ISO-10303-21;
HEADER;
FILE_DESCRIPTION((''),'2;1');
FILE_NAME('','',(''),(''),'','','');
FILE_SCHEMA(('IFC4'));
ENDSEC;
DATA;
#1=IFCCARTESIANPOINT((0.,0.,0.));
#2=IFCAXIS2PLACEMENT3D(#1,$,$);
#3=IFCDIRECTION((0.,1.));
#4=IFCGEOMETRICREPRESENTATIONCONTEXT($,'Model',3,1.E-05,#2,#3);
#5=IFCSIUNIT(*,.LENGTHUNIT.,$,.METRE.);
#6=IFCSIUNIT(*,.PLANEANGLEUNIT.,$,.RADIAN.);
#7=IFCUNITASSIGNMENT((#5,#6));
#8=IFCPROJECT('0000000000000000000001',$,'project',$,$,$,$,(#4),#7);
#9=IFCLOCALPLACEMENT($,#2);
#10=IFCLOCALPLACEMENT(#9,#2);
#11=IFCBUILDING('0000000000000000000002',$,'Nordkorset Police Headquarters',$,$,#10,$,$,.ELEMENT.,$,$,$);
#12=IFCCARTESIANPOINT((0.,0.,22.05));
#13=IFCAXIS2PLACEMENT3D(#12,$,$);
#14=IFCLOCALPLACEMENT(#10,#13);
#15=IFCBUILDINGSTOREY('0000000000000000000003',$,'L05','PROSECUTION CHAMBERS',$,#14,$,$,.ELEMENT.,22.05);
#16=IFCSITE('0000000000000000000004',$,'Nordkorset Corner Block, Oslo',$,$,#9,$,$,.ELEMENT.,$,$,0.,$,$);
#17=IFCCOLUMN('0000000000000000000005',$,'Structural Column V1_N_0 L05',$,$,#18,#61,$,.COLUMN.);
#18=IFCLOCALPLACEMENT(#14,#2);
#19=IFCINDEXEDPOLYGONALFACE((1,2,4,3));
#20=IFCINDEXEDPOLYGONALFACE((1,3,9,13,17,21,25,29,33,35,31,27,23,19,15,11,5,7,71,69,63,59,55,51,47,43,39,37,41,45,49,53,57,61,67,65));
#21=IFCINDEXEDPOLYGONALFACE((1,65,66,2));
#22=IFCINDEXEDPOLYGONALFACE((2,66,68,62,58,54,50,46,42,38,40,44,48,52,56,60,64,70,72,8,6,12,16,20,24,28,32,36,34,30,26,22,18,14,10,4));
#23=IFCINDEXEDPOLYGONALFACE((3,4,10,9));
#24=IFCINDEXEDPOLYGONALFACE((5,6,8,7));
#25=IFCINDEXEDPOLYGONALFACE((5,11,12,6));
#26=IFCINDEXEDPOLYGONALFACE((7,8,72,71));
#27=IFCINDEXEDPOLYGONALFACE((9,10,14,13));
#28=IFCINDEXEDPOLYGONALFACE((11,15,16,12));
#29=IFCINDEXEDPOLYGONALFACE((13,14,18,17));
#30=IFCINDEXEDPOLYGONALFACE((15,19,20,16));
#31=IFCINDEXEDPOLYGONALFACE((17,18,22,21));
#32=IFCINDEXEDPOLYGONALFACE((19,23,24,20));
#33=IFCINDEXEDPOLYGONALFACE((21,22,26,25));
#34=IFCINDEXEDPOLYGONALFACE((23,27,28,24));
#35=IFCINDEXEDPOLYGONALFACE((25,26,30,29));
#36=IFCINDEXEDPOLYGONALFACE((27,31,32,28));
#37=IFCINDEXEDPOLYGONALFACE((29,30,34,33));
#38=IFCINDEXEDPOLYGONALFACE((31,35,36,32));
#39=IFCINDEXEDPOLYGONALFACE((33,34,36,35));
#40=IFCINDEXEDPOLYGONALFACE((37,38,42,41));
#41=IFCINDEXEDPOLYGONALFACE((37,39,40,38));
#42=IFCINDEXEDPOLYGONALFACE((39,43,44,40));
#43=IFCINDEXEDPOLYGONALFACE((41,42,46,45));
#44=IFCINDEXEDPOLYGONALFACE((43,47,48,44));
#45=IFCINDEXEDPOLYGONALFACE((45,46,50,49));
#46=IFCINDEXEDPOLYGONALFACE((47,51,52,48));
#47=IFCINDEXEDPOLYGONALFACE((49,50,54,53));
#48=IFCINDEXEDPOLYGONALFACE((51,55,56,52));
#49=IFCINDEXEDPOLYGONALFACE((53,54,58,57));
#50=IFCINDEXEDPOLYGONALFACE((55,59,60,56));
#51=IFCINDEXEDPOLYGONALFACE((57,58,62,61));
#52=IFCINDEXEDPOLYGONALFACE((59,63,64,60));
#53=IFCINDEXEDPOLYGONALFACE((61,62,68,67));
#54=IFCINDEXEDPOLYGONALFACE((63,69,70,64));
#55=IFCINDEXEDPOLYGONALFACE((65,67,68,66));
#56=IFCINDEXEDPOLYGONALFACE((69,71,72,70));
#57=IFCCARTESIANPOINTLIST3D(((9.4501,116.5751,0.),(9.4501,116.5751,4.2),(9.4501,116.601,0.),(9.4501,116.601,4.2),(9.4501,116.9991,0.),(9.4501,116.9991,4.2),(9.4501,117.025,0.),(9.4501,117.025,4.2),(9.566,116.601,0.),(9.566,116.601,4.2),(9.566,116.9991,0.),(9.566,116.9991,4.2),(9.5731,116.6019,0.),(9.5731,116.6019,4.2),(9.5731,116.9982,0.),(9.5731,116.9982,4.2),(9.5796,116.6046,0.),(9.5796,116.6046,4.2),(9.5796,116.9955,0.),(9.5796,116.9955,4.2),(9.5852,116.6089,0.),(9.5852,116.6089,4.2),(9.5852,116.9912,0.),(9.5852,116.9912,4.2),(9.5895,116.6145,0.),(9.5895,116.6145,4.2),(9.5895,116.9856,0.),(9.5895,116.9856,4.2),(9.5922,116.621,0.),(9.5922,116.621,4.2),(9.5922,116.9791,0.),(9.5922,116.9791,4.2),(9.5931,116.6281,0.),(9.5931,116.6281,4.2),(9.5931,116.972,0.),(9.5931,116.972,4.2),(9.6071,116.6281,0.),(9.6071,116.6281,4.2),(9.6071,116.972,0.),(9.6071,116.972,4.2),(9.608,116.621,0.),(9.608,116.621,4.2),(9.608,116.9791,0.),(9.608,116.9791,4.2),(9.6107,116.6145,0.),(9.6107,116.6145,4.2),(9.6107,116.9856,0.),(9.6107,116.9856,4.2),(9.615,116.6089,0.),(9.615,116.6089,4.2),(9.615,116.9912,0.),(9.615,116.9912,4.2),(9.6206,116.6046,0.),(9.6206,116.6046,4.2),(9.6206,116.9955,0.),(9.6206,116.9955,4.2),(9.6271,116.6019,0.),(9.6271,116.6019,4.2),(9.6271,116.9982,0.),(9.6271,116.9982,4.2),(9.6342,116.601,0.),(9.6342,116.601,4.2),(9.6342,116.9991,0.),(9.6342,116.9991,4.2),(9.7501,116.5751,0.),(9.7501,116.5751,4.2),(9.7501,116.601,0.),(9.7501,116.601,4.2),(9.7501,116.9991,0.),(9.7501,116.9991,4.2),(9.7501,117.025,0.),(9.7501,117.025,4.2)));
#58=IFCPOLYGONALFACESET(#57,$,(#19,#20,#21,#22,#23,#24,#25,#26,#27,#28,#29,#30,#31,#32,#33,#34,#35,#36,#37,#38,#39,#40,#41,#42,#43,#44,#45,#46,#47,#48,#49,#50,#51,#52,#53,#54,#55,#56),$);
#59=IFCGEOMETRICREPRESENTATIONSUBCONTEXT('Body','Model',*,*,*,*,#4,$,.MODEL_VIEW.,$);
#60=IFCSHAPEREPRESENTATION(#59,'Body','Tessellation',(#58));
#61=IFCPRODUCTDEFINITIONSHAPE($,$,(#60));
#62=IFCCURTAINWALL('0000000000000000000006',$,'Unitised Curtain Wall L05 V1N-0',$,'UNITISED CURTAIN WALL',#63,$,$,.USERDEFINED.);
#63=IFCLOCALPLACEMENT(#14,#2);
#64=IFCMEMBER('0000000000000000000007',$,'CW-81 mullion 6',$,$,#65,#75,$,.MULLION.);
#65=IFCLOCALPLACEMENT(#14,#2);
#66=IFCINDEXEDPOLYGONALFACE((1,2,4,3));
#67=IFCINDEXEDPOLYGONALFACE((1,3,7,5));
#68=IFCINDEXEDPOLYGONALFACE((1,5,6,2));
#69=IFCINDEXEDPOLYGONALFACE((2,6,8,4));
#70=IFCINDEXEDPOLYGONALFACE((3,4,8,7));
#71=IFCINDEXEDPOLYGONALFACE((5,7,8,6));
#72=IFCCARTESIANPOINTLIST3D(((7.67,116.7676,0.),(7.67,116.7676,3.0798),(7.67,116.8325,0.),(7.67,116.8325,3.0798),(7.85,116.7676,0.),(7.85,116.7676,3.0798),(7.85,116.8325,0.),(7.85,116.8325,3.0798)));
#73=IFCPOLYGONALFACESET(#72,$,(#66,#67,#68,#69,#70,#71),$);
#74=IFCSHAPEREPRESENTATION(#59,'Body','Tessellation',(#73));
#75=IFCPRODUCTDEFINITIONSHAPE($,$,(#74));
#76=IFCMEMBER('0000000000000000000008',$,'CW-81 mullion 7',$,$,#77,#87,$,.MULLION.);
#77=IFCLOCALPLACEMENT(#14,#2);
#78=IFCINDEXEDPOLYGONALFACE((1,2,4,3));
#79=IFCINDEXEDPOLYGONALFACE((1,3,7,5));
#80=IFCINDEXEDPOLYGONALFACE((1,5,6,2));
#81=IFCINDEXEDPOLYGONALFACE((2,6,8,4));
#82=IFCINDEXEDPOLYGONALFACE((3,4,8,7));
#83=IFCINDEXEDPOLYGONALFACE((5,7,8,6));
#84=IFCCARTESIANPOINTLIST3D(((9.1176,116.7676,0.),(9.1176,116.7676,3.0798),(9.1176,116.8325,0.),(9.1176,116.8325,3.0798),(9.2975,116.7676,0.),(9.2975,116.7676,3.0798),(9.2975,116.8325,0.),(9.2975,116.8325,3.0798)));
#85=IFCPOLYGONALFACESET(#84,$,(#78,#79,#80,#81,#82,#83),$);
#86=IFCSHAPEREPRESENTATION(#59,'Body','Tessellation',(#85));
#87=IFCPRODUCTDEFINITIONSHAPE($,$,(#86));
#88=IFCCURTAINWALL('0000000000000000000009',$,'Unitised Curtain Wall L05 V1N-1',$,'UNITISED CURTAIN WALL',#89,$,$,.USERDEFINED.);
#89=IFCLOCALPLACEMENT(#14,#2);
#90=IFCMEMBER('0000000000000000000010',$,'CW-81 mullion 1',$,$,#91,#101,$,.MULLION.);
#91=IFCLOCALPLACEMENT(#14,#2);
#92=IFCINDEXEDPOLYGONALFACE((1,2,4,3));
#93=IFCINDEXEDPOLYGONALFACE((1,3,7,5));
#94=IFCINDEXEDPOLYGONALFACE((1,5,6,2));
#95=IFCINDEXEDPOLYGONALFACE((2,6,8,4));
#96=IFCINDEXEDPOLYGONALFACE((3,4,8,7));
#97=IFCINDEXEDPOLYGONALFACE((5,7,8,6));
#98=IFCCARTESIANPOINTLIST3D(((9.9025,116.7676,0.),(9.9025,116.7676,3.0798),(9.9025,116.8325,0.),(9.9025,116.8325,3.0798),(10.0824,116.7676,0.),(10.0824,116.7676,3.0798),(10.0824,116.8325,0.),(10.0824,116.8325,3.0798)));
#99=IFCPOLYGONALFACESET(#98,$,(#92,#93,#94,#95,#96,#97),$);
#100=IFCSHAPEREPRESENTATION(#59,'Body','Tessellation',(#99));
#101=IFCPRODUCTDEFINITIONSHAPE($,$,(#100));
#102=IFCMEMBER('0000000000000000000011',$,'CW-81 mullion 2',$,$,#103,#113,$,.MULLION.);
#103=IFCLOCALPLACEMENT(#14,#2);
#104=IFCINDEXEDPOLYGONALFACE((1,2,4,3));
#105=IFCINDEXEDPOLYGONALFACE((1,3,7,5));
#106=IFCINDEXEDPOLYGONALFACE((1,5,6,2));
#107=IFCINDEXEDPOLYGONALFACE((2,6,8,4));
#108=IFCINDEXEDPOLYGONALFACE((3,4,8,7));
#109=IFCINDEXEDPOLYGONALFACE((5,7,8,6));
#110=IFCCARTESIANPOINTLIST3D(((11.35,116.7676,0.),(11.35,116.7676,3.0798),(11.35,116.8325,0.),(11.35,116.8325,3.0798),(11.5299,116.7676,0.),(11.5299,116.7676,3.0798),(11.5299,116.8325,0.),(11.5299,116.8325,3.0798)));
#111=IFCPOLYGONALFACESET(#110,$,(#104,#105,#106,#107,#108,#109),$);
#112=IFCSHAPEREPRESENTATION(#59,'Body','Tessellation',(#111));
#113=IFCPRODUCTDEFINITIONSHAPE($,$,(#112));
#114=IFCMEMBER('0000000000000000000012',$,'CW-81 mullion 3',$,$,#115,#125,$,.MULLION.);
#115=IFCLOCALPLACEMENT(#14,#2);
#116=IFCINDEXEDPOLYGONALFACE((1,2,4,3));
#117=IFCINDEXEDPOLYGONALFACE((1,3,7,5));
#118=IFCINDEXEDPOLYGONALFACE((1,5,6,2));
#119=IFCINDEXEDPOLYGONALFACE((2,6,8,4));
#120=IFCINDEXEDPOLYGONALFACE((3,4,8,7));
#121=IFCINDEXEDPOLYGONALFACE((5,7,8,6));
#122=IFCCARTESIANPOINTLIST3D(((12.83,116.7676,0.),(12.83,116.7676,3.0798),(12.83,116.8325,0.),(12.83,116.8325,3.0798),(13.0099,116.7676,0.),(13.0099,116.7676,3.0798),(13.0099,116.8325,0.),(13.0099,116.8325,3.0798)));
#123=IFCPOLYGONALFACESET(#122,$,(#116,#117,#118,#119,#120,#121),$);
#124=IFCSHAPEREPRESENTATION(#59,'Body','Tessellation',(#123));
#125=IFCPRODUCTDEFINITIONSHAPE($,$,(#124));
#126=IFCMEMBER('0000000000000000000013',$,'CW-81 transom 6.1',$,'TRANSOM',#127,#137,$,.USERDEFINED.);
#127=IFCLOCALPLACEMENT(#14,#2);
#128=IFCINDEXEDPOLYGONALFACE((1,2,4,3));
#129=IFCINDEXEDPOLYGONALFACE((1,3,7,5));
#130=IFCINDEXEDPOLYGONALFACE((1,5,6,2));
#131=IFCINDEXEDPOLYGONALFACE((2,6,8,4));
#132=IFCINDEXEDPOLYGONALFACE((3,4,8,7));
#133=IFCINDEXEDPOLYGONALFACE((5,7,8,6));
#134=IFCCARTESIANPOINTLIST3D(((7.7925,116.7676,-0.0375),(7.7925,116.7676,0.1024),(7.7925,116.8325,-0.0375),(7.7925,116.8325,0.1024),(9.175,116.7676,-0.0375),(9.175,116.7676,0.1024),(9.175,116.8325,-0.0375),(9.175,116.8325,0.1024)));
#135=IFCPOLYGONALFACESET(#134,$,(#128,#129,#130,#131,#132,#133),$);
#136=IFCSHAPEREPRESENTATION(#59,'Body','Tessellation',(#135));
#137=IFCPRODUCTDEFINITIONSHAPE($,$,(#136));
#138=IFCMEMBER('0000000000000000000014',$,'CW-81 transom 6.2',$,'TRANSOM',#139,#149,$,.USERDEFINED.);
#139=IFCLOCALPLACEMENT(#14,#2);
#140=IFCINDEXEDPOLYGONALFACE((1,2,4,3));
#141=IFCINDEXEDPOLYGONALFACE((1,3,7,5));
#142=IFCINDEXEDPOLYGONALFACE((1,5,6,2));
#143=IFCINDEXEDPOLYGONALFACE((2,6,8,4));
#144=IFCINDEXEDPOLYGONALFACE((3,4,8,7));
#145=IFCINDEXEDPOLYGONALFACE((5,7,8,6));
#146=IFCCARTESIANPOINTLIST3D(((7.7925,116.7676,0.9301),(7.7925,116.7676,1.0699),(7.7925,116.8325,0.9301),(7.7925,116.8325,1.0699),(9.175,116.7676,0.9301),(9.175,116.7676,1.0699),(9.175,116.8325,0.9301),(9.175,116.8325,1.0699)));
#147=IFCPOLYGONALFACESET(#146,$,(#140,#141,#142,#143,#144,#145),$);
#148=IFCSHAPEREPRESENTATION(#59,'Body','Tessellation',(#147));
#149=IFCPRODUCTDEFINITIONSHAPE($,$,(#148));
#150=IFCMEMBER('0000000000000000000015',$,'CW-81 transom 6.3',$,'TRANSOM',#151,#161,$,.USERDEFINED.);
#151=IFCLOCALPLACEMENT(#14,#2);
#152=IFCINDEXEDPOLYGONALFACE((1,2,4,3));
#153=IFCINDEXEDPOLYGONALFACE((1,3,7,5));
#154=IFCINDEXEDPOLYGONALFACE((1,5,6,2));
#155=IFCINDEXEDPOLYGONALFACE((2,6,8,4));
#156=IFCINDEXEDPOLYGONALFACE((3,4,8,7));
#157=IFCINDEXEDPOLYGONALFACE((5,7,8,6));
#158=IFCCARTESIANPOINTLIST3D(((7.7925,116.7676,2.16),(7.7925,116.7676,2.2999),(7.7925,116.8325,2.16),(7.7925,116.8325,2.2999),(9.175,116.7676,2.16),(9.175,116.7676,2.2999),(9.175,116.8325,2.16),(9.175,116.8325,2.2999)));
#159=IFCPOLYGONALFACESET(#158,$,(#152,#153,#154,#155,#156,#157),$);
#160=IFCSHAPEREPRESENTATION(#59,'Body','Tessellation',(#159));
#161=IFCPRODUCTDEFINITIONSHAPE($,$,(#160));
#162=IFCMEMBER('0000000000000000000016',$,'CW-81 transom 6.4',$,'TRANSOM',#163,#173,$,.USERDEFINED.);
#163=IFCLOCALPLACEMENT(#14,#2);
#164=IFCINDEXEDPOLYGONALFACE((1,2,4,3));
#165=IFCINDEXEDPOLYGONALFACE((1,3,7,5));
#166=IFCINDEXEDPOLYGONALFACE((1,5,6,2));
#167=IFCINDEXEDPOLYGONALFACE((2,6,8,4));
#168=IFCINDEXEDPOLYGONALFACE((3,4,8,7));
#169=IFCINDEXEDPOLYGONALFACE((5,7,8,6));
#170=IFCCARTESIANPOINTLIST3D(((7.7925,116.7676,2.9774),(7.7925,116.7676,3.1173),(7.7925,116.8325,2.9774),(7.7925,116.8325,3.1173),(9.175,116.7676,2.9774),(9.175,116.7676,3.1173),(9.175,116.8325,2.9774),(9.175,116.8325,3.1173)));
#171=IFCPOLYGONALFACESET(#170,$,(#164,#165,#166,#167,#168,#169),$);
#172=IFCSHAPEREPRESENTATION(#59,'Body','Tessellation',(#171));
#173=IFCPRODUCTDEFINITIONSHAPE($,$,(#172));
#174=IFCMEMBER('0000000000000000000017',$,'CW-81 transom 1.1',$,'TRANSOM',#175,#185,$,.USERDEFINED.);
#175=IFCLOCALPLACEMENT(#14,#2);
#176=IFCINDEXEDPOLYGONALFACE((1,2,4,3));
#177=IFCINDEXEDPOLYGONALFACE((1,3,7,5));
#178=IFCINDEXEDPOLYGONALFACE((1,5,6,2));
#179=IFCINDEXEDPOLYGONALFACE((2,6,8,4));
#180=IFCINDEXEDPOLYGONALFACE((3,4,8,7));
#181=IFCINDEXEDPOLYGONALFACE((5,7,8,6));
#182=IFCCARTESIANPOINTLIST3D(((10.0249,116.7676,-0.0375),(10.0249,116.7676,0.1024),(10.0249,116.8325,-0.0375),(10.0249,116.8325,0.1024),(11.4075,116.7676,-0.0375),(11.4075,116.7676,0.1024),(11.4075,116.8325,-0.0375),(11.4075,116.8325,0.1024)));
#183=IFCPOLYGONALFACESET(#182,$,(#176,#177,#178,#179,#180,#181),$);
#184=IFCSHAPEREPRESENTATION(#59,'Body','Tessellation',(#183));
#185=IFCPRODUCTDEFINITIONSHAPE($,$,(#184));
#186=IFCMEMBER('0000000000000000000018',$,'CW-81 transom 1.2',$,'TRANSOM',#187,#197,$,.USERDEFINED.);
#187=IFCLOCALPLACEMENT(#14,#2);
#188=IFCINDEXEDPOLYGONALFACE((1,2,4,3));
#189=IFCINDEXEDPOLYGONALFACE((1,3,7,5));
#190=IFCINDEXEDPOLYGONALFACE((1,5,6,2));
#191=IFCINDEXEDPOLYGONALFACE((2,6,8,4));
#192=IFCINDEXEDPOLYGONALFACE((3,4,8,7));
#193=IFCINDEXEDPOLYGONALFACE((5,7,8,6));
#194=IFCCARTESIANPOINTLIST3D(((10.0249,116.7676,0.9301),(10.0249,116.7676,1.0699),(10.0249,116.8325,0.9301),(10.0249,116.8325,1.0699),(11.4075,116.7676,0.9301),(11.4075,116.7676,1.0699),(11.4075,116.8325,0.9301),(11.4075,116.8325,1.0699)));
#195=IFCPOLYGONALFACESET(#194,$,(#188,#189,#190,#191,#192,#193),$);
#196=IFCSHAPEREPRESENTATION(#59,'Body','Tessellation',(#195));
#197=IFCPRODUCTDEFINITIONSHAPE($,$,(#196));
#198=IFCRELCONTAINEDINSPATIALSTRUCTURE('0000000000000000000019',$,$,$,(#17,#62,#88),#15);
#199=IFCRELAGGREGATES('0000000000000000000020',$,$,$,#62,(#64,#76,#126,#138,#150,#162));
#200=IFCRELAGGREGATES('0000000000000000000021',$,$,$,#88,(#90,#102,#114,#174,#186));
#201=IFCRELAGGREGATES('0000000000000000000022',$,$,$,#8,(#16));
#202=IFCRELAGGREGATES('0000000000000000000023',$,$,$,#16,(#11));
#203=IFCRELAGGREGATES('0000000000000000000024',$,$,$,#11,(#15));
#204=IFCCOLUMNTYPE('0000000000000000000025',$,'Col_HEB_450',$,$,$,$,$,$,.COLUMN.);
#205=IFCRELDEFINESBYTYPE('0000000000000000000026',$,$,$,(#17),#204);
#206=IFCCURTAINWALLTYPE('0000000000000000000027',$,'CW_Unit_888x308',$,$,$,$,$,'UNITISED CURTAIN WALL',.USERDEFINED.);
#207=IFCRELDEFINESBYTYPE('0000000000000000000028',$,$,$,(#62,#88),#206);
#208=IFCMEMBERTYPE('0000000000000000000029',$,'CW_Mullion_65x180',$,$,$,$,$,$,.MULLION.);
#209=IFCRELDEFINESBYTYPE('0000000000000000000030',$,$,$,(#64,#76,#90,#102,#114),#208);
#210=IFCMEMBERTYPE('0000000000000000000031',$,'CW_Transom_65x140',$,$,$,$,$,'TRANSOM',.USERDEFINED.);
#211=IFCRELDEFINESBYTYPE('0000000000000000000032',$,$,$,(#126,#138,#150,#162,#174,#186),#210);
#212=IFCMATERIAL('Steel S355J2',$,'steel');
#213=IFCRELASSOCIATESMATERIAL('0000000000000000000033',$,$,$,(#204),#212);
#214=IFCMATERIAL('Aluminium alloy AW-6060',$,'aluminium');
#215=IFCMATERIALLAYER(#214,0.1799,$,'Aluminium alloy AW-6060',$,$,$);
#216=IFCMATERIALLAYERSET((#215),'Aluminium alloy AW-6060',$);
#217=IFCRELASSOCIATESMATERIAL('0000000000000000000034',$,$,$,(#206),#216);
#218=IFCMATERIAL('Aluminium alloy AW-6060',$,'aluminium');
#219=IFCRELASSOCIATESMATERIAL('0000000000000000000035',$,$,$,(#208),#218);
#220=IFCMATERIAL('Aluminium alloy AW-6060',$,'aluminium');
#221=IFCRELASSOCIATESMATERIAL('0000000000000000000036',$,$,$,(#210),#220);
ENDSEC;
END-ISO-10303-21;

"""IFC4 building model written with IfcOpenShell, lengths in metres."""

from ifc_helpers import new_model, si_unit, direction, frame, origin, origin_2d, place, context, subcontext, project, spatial, rectangle, i_section, extrude, material, layer, layer_set, material_profile, profile_set, type_object, element, aggregate, save


model = new_model("IFC4")

# Units and contexts
model_context = context("Model", 3, precision=1e-05, world=origin(), true_north=direction((0.0, 1.0)))
body_context = subcontext(model_context, "Body", "Model", "MODEL_VIEW")
ifc_project = project(units=[si_unit("LENGTHUNIT", "METRE"), si_unit("PLANEANGLEUNIT", "RADIAN")], contexts=[model_context])

# Site, building, storey
site_placement = place(None, origin())
site = spatial("IfcSite", under=ifc_project, at=site_placement, Name="Nordkorset Corner Block, Oslo", CompositionType="ELEMENT", RefElevation=0.0)
building_placement = place(site_placement, origin())
building = spatial("IfcBuilding", under=site, at=building_placement, Name="Nordkorset Police Headquarters", CompositionType="ELEMENT")
storey_placement = place(building_placement, frame((0.0, 0.0, 22.05)))
storey = spatial("IfcBuildingStorey", under=building, at=storey_placement, Name="L05", Description="PROSECUTION CHAMBERS", CompositionType="ELEMENT", Elevation=22.05)

# Column
ifc_material_1 = material(Name="Steel S355J2", Category="steel")
ifc_material_profile_1 = material_profile(ifc_material_1, i_section(OverallWidth=0.3, OverallDepth=0.45, WebThickness=0.0139, FlangeThickness=0.0259, FilletRadius=0.0271, at=origin_2d()), Name="HEB 450")
ifc_profile_set_1 = profile_set([ifc_material_profile_1], Name="Steel S355J2")
column_type = type_object("IfcColumnType", Name="Col_HEB_450", PredefinedType="COLUMN", material=ifc_profile_set_1)
column_placement = place(storey_placement, frame((9.6001, 116.8, 0.0), z_axis=(0.0, 0.0, 1.0), x_axis=(1.0, 0.0, 0.0)))
element("IfcColumn", 1, at=column_placement, inside=storey, type_object=column_type, Name="Structural Column V1_N_0 L05", PredefinedType="COLUMN", context=body_context, shape_type="SweptSolid", body=[
    extrude(i_section(OverallWidth=0.3, OverallDepth=0.45, WebThickness=0.0139, FlangeThickness=0.0259, FilletRadius=0.0271, at=origin_2d()), origin(), (0.0, 0.0, 1.0), 4.2),
])

# Curtain walls, members
ifc_material_2 = material(Name="Aluminium alloy AW-6060", Category="aluminium")
ifc_layer_1 = layer(ifc_material_2, 0.1799, Name="Aluminium alloy AW-6060")
ifc_layer_set_1 = layer_set([ifc_layer_1], Name="Aluminium alloy AW-6060")
curtain_wall_type = type_object("IfcCurtainWallType", Name="CW_Unit_888x308", ElementType="UNITISED CURTAIN WALL", PredefinedType="USERDEFINED", material=ifc_layer_set_1)
curtain_wall_1_placement = place(storey_placement, origin())
curtain_wall_1 = element("IfcCurtainWall", 2, at=curtain_wall_1_placement, inside=storey, type_object=curtain_wall_type, Name="Unitised Curtain Wall L05 V1N-0", ObjectType="UNITISED CURTAIN WALL", PredefinedType="USERDEFINED")
ifc_material_3 = material(Name="Aluminium alloy AW-6060", Category="aluminium")
ifc_material_profile_2 = material_profile(ifc_material_3, rectangle(XDim=0.0649, YDim=0.1799, at=origin_2d()), Name="ALU MULL 65x180")
ifc_profile_set_2 = profile_set([ifc_material_profile_2], Name="Aluminium alloy AW-6060")
member_type_1 = type_object("IfcMemberType", Name="CW_Mullion_65x180", PredefinedType="MULLION", material=ifc_profile_set_2)
member_1_placement = place(storey_placement, frame((7.76, 116.8, 0.0), z_axis=(0.0, 0.0, 1.0), x_axis=(0.0, 1.0, 0.0)))
member_1 = element("IfcMember", 3, at=member_1_placement, type_object=member_type_1, Name="CW-81 mullion 6", PredefinedType="MULLION", context=body_context, shape_type="SweptSolid", body=[
    extrude(rectangle(XDim=0.0649, YDim=0.1799, at=origin_2d()), origin(), (0.0, 0.0, 1.0), 3.0798),
])
member_2_placement = place(storey_placement, frame((9.2075, 116.8, 0.0), z_axis=(0.0, 0.0, 1.0), x_axis=(0.0, 1.0, 0.0)))
member_2 = element("IfcMember", 4, at=member_2_placement, type_object=member_type_1, Name="CW-81 mullion 7", PredefinedType="MULLION", context=body_context, shape_type="SweptSolid", body=[
    extrude(rectangle(XDim=0.0649, YDim=0.1799, at=origin_2d()), origin(), (0.0, 0.0, 1.0), 3.0798),
])
curtain_wall_2_placement = place(storey_placement, origin())
curtain_wall_2 = element("IfcCurtainWall", 5, at=curtain_wall_2_placement, inside=storey, type_object=curtain_wall_type, Name="Unitised Curtain Wall L05 V1N-1", ObjectType="UNITISED CURTAIN WALL", PredefinedType="USERDEFINED")
member_3_placement = place(storey_placement, frame((9.9924, 116.8, 0.0), z_axis=(0.0, 0.0, 1.0), x_axis=(0.0, 1.0, 0.0)))
member_3 = element("IfcMember", 6, at=member_3_placement, type_object=member_type_1, Name="CW-81 mullion 1", PredefinedType="MULLION", context=body_context, shape_type="SweptSolid", body=[
    extrude(rectangle(XDim=0.0649, YDim=0.1799, at=origin_2d()), origin(), (0.0, 0.0, 1.0), 3.0798),
])
member_4_placement = place(storey_placement, frame((11.4399, 116.8, 0.0), z_axis=(0.0, 0.0, 1.0), x_axis=(0.0, 1.0, 0.0)))
member_4 = element("IfcMember", 7, at=member_4_placement, type_object=member_type_1, Name="CW-81 mullion 2", PredefinedType="MULLION", context=body_context, shape_type="SweptSolid", body=[
    extrude(rectangle(XDim=0.0649, YDim=0.1799, at=origin_2d()), origin(), (0.0, 0.0, 1.0), 3.0798),
])
member_5_placement = place(storey_placement, frame((12.9199, 116.8, 0.0), z_axis=(0.0, 0.0, 1.0), x_axis=(0.0, 1.0, 0.0)))
member_5 = element("IfcMember", 8, at=member_5_placement, type_object=member_type_1, Name="CW-81 mullion 3", PredefinedType="MULLION", context=body_context, shape_type="SweptSolid", body=[
    extrude(rectangle(XDim=0.0649, YDim=0.1799, at=origin_2d()), origin(), (0.0, 0.0, 1.0), 3.0798),
])

# Members
ifc_material_4 = material(Name="Aluminium alloy AW-6060", Category="aluminium")
ifc_material_profile_3 = material_profile(ifc_material_4, rectangle(XDim=0.0649, YDim=0.1399, at=origin_2d()), Name="ALU TRAN 65x140")
ifc_profile_set_3 = profile_set([ifc_material_profile_3], Name="Aluminium alloy AW-6060")
member_type_2 = type_object("IfcMemberType", Name="CW_Transom_65x140", ElementType="TRANSOM", PredefinedType="USERDEFINED", material=ifc_profile_set_3)
member_6_placement = place(storey_placement, frame((7.7925, 116.8, 0.0325), z_axis=(1.0, 0.0, 0.0), x_axis=(0.0, 1.0, 0.0)))
member_6 = element("IfcMember", 9, at=member_6_placement, type_object=member_type_2, Name="CW-81 transom 6.1", ObjectType="TRANSOM", PredefinedType="USERDEFINED", context=body_context, shape_type="SweptSolid", body=[
    extrude(rectangle(XDim=0.0649, YDim=0.1399, at=origin_2d()), origin(), (0.0, 0.0, 1.0), 1.3826),
])
member_7_placement = place(storey_placement, frame((7.7925, 116.8, 1.0), z_axis=(1.0, 0.0, 0.0), x_axis=(0.0, 1.0, 0.0)))
member_7 = element("IfcMember", 10, at=member_7_placement, type_object=member_type_2, Name="CW-81 transom 6.2", ObjectType="TRANSOM", PredefinedType="USERDEFINED", context=body_context, shape_type="SweptSolid", body=[
    extrude(rectangle(XDim=0.0649, YDim=0.1399, at=origin_2d()), origin(), (0.0, 0.0, 1.0), 1.3826),
])
member_8_placement = place(storey_placement, frame((7.7925, 116.8, 2.23), z_axis=(1.0, 0.0, 0.0), x_axis=(0.0, 1.0, 0.0)))
member_8 = element("IfcMember", 11, at=member_8_placement, type_object=member_type_2, Name="CW-81 transom 6.3", ObjectType="TRANSOM", PredefinedType="USERDEFINED", context=body_context, shape_type="SweptSolid", body=[
    extrude(rectangle(XDim=0.0649, YDim=0.1399, at=origin_2d()), origin(), (0.0, 0.0, 1.0), 1.3826),
])
member_9_placement = place(storey_placement, frame((7.7925, 116.8, 3.0474), z_axis=(1.0, 0.0, 0.0), x_axis=(0.0, 1.0, 0.0)))
member_9 = element("IfcMember", 12, at=member_9_placement, type_object=member_type_2, Name="CW-81 transom 6.4", ObjectType="TRANSOM", PredefinedType="USERDEFINED", context=body_context, shape_type="SweptSolid", body=[
    extrude(rectangle(XDim=0.0649, YDim=0.1399, at=origin_2d()), origin(), (0.0, 0.0, 1.0), 1.3826),
])
member_10_placement = place(storey_placement, frame((10.0249, 116.8, 0.0325), z_axis=(1.0, 0.0, 0.0), x_axis=(0.0, 1.0, 0.0)))
member_10 = element("IfcMember", 13, at=member_10_placement, type_object=member_type_2, Name="CW-81 transom 1.1", ObjectType="TRANSOM", PredefinedType="USERDEFINED", context=body_context, shape_type="SweptSolid", body=[
    extrude(rectangle(XDim=0.0649, YDim=0.1399, at=origin_2d()), origin(), (0.0, 0.0, 1.0), 1.3826),
])
member_11_placement = place(storey_placement, frame((10.0249, 116.8, 1.0), z_axis=(1.0, 0.0, 0.0), x_axis=(0.0, 1.0, 0.0)))
member_11 = element("IfcMember", 14, at=member_11_placement, type_object=member_type_2, Name="CW-81 transom 1.2", ObjectType="TRANSOM", PredefinedType="USERDEFINED", context=body_context, shape_type="SweptSolid", body=[
    extrude(rectangle(XDim=0.0649, YDim=0.1399, at=origin_2d()), origin(), (0.0, 0.0, 1.0), 1.3826),
])

aggregate(curtain_wall_1, [member_1, member_2, member_6, member_7, member_8, member_9])
aggregate(curtain_wall_2, [member_3, member_4, member_5, member_10, member_11])

save(model, "model.ifc")
